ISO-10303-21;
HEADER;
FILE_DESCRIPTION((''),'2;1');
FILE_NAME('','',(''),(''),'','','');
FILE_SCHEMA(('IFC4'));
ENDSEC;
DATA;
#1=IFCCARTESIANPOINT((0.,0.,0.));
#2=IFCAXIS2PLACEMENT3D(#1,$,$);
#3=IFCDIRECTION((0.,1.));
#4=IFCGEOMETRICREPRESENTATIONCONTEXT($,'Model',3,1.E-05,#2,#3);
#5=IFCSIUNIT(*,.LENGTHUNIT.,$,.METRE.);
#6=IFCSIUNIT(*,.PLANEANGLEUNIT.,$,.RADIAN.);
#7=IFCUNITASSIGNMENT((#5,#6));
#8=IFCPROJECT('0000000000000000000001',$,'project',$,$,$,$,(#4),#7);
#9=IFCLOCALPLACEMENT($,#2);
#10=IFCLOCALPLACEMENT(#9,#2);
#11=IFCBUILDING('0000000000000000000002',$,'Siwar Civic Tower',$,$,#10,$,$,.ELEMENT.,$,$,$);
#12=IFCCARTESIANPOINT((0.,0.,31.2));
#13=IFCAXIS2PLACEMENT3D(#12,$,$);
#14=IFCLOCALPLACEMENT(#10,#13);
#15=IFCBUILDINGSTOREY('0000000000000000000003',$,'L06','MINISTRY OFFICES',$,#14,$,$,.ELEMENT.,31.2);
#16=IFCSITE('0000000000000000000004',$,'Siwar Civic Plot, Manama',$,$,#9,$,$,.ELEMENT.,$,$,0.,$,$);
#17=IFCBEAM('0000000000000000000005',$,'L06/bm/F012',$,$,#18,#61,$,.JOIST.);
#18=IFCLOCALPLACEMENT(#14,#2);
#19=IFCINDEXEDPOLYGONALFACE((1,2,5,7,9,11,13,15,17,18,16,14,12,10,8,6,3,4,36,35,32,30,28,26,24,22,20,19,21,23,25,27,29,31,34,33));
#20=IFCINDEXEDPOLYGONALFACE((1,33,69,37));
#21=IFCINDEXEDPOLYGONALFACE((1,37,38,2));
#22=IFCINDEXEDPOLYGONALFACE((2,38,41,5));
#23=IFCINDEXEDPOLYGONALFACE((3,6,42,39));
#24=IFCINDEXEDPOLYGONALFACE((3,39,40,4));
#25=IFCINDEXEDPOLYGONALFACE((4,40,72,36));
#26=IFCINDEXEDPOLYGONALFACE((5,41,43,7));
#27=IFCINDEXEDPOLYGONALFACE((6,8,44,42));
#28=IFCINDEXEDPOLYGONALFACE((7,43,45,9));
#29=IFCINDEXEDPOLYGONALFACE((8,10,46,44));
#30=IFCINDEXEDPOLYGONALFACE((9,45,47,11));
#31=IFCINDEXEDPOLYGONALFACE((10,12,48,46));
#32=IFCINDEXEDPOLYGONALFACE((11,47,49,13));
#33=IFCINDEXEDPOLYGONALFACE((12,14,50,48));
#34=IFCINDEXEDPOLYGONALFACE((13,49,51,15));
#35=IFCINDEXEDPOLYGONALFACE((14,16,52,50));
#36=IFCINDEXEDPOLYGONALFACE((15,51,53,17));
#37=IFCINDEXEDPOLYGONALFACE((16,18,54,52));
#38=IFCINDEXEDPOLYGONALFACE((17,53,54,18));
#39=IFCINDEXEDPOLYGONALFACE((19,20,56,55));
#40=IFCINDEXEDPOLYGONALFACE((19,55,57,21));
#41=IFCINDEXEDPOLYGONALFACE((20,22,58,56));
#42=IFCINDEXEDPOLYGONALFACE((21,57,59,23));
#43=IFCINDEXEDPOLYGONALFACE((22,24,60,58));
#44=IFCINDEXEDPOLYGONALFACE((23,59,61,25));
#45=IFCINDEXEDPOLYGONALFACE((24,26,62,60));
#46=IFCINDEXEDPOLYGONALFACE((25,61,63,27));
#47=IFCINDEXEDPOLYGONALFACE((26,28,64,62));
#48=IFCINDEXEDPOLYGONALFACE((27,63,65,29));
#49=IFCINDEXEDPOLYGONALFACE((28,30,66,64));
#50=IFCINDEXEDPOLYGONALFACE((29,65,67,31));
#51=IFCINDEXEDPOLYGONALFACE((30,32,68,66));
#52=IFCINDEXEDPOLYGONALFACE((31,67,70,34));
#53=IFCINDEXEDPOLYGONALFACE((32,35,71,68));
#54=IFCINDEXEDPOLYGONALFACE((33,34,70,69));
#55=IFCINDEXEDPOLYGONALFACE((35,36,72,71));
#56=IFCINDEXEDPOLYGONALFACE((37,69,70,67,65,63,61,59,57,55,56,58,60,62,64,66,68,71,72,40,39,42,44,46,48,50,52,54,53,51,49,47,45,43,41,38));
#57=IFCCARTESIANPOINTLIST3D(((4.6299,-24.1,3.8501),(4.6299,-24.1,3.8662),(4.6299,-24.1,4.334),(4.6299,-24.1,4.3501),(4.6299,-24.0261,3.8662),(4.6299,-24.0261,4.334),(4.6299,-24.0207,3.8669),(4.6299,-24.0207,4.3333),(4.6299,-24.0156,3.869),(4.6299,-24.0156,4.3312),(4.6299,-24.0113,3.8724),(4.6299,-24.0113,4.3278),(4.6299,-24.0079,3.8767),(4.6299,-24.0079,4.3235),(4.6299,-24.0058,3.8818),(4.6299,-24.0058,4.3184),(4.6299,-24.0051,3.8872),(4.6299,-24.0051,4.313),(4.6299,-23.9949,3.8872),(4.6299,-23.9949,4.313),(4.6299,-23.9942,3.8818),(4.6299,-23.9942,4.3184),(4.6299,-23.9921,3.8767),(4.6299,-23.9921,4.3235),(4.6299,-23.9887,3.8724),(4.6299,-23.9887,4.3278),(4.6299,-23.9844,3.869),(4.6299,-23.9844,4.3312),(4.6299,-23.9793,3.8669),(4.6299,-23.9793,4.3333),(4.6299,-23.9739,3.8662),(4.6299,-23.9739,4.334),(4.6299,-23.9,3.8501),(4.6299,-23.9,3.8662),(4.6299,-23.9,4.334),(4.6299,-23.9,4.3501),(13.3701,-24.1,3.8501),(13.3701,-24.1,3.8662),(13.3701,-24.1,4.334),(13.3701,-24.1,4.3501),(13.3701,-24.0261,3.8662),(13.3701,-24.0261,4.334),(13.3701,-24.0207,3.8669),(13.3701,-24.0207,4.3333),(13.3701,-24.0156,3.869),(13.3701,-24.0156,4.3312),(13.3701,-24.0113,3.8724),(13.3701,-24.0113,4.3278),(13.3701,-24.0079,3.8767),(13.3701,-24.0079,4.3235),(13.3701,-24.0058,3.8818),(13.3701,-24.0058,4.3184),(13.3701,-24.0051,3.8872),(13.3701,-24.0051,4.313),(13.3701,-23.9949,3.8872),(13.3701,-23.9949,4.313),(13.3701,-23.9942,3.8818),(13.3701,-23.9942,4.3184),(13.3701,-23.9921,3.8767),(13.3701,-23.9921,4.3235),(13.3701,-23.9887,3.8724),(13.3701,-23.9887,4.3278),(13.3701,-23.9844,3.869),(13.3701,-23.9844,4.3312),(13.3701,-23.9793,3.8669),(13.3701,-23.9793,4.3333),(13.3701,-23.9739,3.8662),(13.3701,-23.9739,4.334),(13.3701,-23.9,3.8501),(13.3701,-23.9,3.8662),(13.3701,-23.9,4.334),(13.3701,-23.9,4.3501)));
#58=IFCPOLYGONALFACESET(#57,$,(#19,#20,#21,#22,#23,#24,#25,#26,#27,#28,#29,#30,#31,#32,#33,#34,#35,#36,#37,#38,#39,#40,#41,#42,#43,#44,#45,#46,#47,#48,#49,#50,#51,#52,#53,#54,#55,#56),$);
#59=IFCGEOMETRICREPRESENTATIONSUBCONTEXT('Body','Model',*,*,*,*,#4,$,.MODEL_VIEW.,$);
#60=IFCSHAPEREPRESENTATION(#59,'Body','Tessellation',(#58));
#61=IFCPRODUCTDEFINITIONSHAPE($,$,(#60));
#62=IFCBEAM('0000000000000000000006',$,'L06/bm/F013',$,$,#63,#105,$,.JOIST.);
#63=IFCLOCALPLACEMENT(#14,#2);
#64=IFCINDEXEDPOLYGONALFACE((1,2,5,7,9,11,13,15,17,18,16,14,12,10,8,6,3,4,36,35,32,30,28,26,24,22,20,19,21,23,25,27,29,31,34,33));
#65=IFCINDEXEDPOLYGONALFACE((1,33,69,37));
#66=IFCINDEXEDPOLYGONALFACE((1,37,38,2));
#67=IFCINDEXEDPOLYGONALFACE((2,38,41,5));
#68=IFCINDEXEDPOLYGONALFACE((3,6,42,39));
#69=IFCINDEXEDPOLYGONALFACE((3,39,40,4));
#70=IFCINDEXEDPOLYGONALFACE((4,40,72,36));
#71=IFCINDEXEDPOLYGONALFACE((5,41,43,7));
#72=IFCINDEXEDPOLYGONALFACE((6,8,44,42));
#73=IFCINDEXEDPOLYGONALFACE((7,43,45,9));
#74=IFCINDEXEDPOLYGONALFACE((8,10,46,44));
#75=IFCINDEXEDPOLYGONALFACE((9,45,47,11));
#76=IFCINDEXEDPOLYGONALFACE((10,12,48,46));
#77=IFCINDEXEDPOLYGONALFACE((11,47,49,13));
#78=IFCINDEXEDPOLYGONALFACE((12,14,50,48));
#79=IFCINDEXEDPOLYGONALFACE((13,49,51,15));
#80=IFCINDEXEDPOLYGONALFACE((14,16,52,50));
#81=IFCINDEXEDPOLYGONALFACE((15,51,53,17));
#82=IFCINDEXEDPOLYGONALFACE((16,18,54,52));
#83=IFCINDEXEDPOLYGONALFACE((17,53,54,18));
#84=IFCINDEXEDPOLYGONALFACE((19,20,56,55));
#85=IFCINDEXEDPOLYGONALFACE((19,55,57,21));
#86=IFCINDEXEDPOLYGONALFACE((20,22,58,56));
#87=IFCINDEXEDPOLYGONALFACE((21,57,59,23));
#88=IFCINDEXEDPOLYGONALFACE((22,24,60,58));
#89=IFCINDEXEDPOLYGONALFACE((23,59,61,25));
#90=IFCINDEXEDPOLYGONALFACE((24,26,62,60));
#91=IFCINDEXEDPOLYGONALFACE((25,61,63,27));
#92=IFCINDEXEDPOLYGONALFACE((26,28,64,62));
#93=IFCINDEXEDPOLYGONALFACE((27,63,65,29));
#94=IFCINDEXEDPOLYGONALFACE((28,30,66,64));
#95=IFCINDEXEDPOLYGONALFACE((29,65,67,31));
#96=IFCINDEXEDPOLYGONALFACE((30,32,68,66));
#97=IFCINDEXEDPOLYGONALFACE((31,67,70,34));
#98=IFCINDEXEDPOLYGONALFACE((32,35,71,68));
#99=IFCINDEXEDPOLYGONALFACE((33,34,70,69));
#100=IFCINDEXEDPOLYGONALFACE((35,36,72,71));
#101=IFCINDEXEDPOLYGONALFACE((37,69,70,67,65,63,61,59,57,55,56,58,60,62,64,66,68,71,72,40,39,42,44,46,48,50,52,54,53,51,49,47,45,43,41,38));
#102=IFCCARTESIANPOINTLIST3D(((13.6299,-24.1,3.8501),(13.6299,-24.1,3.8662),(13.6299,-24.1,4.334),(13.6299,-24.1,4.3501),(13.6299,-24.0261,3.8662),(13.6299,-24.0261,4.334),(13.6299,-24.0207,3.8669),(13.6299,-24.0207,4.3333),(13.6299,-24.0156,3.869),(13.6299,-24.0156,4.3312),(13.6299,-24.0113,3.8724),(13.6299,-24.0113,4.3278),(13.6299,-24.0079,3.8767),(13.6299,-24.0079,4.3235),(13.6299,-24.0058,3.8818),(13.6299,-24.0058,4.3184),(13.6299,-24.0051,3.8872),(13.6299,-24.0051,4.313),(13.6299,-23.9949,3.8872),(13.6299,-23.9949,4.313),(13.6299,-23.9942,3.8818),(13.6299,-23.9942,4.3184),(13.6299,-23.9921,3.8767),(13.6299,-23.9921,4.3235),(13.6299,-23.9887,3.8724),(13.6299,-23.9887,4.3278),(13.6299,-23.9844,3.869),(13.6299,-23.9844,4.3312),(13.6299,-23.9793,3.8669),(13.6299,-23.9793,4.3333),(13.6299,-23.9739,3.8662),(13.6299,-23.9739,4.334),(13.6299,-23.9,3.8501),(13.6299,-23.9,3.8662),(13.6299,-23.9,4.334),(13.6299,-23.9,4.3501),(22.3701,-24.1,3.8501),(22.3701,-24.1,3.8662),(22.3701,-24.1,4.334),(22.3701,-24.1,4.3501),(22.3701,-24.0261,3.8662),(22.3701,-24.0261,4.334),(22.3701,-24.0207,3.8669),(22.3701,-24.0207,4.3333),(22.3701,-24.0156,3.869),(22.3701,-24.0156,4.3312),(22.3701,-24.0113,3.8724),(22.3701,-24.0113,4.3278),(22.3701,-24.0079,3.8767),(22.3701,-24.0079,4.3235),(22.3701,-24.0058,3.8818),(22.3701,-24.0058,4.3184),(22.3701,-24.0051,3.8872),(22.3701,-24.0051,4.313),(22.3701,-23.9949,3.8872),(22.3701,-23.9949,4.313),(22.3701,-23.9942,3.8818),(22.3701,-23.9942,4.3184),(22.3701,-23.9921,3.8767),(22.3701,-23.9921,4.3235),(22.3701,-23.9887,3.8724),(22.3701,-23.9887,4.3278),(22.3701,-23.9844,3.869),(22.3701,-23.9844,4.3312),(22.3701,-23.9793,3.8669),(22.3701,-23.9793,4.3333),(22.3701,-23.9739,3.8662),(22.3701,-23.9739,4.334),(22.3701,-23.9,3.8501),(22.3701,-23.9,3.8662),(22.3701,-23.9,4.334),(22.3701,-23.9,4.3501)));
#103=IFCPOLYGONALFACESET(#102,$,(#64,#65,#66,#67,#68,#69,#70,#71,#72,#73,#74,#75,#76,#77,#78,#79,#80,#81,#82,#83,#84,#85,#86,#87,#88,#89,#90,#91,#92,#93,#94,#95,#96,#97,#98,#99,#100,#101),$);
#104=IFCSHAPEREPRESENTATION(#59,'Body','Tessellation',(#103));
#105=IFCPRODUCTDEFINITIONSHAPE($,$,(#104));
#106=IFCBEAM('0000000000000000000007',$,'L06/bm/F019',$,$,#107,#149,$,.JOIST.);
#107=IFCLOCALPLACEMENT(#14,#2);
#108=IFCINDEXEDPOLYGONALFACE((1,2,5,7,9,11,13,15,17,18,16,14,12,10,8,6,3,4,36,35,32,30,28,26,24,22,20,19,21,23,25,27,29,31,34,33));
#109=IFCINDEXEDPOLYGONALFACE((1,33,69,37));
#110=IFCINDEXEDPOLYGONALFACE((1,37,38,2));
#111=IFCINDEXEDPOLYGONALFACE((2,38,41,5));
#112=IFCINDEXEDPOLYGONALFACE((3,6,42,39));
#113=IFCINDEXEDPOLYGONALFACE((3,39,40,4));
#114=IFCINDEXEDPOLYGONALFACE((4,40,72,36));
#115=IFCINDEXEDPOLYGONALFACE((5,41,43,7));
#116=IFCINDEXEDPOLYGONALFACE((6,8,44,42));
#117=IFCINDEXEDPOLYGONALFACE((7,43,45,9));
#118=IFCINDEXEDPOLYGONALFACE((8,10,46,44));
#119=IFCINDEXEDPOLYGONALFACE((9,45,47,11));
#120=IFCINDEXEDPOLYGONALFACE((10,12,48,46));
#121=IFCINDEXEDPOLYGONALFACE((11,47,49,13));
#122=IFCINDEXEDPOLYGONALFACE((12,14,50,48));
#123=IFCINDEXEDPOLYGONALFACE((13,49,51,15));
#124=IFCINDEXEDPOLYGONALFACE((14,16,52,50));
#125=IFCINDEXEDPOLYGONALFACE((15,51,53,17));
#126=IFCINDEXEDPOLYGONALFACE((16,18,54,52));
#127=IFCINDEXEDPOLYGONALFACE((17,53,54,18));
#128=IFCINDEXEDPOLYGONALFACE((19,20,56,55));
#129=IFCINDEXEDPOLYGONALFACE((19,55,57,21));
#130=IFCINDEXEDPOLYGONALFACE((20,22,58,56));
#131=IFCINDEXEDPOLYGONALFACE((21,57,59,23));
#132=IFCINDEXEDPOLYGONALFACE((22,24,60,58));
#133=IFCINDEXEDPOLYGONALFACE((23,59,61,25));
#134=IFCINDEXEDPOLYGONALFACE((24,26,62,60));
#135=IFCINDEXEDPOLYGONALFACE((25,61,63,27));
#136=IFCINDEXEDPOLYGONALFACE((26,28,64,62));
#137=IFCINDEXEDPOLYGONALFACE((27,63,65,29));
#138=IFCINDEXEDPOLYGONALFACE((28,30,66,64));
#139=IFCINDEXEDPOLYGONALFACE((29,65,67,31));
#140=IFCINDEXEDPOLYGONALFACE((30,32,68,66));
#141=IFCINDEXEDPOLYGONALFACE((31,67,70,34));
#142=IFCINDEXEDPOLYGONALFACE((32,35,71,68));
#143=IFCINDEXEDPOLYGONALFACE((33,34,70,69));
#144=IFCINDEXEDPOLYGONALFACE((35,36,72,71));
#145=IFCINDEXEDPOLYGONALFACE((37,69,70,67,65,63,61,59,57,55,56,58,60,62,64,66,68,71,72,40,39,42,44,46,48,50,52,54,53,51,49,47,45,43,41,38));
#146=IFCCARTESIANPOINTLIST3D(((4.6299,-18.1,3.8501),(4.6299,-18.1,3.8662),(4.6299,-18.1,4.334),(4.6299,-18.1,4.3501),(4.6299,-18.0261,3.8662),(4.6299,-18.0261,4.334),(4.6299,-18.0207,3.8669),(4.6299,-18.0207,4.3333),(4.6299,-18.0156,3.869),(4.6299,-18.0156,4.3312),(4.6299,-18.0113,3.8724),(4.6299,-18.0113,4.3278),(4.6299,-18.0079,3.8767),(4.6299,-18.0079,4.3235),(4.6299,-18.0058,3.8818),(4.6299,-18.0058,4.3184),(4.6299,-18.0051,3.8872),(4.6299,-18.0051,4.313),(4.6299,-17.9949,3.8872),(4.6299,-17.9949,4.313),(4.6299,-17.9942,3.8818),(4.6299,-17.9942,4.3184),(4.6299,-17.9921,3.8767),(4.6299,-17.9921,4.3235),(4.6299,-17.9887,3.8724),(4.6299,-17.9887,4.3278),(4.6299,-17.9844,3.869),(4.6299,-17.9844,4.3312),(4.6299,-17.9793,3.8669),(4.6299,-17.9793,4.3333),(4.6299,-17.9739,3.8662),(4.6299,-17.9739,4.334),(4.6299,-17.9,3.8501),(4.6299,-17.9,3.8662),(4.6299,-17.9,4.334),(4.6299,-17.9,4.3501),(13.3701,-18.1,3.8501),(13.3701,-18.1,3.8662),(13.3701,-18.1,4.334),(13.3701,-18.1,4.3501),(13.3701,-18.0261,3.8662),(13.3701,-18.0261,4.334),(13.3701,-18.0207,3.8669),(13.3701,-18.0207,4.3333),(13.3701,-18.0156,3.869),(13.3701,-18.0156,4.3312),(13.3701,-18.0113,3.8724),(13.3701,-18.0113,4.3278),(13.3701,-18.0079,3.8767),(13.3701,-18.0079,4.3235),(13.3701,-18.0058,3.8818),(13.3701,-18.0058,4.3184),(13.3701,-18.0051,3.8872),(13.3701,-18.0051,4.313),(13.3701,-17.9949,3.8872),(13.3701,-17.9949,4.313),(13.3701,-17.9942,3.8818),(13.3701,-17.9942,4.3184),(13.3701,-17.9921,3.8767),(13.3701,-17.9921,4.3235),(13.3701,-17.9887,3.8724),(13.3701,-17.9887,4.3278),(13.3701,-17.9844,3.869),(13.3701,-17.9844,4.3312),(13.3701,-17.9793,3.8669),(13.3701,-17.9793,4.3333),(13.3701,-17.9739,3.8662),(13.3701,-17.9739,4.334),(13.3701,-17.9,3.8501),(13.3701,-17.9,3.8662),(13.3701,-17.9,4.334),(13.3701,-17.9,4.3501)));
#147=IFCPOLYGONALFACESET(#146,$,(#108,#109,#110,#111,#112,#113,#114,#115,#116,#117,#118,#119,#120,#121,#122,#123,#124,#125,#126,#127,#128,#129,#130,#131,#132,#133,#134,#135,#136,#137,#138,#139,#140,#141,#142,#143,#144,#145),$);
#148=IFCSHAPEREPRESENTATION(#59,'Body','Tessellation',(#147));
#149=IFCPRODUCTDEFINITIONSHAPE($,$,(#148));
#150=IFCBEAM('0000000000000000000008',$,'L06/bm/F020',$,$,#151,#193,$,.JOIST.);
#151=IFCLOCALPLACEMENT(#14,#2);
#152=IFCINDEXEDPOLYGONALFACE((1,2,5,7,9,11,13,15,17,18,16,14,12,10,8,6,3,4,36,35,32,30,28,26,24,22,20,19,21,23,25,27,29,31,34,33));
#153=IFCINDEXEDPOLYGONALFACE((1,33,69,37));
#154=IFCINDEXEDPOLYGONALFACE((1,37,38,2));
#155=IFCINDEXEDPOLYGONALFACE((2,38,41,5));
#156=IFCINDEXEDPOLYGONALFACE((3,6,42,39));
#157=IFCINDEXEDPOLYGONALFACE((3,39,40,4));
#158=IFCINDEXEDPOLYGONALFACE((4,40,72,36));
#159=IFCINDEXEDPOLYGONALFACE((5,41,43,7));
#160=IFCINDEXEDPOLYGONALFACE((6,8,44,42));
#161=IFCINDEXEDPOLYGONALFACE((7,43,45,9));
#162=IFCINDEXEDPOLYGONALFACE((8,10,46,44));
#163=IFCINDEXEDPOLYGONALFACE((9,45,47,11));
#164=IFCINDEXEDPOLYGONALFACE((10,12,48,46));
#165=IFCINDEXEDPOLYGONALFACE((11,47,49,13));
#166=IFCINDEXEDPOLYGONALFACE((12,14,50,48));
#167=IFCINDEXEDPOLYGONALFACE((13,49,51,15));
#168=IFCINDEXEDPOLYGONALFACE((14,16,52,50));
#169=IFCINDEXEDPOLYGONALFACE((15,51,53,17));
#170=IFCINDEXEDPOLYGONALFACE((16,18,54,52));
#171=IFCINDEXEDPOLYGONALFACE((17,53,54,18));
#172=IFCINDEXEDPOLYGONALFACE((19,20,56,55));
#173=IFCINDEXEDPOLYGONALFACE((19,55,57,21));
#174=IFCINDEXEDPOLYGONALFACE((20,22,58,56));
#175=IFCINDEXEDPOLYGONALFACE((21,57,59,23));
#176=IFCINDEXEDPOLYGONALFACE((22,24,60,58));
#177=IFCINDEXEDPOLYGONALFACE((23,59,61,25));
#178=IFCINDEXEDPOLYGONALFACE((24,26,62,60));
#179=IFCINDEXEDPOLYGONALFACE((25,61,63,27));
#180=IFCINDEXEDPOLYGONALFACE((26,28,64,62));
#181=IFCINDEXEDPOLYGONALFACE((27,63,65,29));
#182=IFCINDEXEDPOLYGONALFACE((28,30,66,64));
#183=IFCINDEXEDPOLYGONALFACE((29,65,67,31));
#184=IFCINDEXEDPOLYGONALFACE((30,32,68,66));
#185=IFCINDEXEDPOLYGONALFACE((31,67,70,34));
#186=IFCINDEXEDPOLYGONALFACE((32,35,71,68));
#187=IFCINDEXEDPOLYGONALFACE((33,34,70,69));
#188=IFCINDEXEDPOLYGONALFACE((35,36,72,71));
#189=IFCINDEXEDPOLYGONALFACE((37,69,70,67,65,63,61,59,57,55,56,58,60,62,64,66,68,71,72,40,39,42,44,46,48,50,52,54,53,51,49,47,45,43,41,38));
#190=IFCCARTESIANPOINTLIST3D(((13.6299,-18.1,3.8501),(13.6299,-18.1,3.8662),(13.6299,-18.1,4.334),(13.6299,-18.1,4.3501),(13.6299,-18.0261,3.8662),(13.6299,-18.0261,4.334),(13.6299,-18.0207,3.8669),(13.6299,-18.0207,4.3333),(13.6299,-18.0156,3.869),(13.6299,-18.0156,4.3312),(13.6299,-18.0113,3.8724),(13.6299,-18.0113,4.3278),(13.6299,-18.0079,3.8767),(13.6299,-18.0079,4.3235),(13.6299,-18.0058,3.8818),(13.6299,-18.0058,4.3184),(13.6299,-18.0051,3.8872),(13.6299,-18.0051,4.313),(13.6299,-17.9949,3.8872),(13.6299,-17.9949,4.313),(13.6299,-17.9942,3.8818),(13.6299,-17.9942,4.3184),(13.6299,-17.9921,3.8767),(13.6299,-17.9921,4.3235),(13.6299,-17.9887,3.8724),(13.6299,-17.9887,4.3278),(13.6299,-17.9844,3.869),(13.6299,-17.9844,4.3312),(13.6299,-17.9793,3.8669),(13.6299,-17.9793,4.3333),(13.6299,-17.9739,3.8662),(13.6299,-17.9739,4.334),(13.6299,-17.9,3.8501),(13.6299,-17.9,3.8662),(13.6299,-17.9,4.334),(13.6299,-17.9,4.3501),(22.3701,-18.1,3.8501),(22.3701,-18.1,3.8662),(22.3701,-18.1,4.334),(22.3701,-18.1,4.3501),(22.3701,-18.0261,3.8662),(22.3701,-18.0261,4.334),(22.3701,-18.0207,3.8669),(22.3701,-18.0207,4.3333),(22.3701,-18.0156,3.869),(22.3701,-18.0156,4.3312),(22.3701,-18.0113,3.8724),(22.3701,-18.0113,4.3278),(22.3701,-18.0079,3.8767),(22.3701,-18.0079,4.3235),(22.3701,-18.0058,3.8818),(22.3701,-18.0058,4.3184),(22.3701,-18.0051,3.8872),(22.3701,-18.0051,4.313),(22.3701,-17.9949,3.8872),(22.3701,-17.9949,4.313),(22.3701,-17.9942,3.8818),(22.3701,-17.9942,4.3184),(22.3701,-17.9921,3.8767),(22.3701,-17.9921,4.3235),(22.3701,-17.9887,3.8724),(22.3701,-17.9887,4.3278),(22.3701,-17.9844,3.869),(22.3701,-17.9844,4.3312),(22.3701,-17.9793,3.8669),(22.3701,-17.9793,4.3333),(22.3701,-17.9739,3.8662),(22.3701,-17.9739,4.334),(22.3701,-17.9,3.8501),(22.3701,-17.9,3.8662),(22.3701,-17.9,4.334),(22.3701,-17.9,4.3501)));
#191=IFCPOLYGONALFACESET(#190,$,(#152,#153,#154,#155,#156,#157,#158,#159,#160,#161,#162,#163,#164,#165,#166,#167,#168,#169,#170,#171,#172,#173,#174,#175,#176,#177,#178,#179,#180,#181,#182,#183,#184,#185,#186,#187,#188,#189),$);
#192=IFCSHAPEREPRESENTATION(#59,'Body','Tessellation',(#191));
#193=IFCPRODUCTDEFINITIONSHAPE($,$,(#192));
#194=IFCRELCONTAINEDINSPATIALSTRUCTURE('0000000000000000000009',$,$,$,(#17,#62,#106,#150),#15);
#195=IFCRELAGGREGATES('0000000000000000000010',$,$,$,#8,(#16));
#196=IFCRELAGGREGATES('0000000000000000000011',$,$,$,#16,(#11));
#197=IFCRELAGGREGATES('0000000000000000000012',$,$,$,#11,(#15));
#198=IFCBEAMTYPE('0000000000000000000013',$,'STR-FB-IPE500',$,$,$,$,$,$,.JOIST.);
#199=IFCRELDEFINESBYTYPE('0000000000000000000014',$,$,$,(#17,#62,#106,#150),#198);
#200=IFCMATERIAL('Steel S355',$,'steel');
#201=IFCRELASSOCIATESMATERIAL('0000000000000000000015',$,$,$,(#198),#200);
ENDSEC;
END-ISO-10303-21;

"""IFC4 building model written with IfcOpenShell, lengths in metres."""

from ifc_helpers import new_model, si_unit, direction, frame, origin, origin_2d, place, context, subcontext, project, spatial, i_section, extrude, material, material_profile, profile_set, type_object, element, save


model = new_model("IFC4")

# Units and contexts
model_context = context("Model", 3, precision=1e-05, world=origin(), true_north=direction((0.0, 1.0)))
body_context = subcontext(model_context, "Body", "Model", "MODEL_VIEW")
ifc_project = project(units=[si_unit("LENGTHUNIT", "METRE"), si_unit("PLANEANGLEUNIT", "RADIAN")], contexts=[model_context])

# Site, building, storey
site_placement = place(None, origin())
site = spatial("IfcSite", under=ifc_project, at=site_placement, Name="Siwar Civic Plot, Manama", CompositionType="ELEMENT", RefElevation=0.0)
building_placement = place(site_placement, origin())
building = spatial("IfcBuilding", under=site, at=building_placement, Name="Siwar Civic Tower", CompositionType="ELEMENT")
storey_placement = place(building_placement, frame((0.0, 0.0, 31.2)))
storey = spatial("IfcBuildingStorey", under=building, at=storey_placement, Name="L06", Description="MINISTRY OFFICES", CompositionType="ELEMENT", Elevation=31.2)

# Beams
ifc_material_1 = material(Name="Steel S355", Category="steel")
ifc_material_profile_1 = material_profile(ifc_material_1, i_section(OverallWidth=0.2, OverallDepth=0.5, WebThickness=0.0103, FlangeThickness=0.0161, FilletRadius=0.021, at=origin_2d()), Name="IPE500")
ifc_profile_set_1 = profile_set([ifc_material_profile_1], Name="Steel S355")
beam_type_1 = type_object("IfcBeamType", Name="STR-FB-IPE500", PredefinedType="JOIST", material=ifc_profile_set_1)
for number, where, z_axis, x_axis, name in (
    (1, (4.6299, -24.0, 4.1001), (1.0, 0.0, 0.0), (0.0, 1.0, 0.0), "L06/bm/F012"),
    (2, (13.6299, -24.0, 4.1001), (1.0, 0.0, 0.0), (0.0, 1.0, 0.0), "L06/bm/F013"),
    (3, (4.6299, -18.0, 4.1001), (1.0, 0.0, 0.0), (0.0, 1.0, 0.0), "L06/bm/F019"),
    (4, (13.6299, -18.0, 4.1001), (1.0, 0.0, 0.0), (0.0, 1.0, 0.0), "L06/bm/F020"),
):
    element("IfcBeam", number, at=place(storey_placement, frame(where, z_axis=z_axis, x_axis=x_axis)), inside=storey, type_object=beam_type_1, Name=name, PredefinedType="JOIST", context=body_context, shape_type="SweptSolid", body=[
        extrude(i_section(OverallWidth=0.2, OverallDepth=0.5, WebThickness=0.0103, FlangeThickness=0.0161, FilletRadius=0.021, at=origin_2d()), origin(), (0.0, 0.0, 1.0), 8.7402),
    ])

save(model, "model.ifc")
